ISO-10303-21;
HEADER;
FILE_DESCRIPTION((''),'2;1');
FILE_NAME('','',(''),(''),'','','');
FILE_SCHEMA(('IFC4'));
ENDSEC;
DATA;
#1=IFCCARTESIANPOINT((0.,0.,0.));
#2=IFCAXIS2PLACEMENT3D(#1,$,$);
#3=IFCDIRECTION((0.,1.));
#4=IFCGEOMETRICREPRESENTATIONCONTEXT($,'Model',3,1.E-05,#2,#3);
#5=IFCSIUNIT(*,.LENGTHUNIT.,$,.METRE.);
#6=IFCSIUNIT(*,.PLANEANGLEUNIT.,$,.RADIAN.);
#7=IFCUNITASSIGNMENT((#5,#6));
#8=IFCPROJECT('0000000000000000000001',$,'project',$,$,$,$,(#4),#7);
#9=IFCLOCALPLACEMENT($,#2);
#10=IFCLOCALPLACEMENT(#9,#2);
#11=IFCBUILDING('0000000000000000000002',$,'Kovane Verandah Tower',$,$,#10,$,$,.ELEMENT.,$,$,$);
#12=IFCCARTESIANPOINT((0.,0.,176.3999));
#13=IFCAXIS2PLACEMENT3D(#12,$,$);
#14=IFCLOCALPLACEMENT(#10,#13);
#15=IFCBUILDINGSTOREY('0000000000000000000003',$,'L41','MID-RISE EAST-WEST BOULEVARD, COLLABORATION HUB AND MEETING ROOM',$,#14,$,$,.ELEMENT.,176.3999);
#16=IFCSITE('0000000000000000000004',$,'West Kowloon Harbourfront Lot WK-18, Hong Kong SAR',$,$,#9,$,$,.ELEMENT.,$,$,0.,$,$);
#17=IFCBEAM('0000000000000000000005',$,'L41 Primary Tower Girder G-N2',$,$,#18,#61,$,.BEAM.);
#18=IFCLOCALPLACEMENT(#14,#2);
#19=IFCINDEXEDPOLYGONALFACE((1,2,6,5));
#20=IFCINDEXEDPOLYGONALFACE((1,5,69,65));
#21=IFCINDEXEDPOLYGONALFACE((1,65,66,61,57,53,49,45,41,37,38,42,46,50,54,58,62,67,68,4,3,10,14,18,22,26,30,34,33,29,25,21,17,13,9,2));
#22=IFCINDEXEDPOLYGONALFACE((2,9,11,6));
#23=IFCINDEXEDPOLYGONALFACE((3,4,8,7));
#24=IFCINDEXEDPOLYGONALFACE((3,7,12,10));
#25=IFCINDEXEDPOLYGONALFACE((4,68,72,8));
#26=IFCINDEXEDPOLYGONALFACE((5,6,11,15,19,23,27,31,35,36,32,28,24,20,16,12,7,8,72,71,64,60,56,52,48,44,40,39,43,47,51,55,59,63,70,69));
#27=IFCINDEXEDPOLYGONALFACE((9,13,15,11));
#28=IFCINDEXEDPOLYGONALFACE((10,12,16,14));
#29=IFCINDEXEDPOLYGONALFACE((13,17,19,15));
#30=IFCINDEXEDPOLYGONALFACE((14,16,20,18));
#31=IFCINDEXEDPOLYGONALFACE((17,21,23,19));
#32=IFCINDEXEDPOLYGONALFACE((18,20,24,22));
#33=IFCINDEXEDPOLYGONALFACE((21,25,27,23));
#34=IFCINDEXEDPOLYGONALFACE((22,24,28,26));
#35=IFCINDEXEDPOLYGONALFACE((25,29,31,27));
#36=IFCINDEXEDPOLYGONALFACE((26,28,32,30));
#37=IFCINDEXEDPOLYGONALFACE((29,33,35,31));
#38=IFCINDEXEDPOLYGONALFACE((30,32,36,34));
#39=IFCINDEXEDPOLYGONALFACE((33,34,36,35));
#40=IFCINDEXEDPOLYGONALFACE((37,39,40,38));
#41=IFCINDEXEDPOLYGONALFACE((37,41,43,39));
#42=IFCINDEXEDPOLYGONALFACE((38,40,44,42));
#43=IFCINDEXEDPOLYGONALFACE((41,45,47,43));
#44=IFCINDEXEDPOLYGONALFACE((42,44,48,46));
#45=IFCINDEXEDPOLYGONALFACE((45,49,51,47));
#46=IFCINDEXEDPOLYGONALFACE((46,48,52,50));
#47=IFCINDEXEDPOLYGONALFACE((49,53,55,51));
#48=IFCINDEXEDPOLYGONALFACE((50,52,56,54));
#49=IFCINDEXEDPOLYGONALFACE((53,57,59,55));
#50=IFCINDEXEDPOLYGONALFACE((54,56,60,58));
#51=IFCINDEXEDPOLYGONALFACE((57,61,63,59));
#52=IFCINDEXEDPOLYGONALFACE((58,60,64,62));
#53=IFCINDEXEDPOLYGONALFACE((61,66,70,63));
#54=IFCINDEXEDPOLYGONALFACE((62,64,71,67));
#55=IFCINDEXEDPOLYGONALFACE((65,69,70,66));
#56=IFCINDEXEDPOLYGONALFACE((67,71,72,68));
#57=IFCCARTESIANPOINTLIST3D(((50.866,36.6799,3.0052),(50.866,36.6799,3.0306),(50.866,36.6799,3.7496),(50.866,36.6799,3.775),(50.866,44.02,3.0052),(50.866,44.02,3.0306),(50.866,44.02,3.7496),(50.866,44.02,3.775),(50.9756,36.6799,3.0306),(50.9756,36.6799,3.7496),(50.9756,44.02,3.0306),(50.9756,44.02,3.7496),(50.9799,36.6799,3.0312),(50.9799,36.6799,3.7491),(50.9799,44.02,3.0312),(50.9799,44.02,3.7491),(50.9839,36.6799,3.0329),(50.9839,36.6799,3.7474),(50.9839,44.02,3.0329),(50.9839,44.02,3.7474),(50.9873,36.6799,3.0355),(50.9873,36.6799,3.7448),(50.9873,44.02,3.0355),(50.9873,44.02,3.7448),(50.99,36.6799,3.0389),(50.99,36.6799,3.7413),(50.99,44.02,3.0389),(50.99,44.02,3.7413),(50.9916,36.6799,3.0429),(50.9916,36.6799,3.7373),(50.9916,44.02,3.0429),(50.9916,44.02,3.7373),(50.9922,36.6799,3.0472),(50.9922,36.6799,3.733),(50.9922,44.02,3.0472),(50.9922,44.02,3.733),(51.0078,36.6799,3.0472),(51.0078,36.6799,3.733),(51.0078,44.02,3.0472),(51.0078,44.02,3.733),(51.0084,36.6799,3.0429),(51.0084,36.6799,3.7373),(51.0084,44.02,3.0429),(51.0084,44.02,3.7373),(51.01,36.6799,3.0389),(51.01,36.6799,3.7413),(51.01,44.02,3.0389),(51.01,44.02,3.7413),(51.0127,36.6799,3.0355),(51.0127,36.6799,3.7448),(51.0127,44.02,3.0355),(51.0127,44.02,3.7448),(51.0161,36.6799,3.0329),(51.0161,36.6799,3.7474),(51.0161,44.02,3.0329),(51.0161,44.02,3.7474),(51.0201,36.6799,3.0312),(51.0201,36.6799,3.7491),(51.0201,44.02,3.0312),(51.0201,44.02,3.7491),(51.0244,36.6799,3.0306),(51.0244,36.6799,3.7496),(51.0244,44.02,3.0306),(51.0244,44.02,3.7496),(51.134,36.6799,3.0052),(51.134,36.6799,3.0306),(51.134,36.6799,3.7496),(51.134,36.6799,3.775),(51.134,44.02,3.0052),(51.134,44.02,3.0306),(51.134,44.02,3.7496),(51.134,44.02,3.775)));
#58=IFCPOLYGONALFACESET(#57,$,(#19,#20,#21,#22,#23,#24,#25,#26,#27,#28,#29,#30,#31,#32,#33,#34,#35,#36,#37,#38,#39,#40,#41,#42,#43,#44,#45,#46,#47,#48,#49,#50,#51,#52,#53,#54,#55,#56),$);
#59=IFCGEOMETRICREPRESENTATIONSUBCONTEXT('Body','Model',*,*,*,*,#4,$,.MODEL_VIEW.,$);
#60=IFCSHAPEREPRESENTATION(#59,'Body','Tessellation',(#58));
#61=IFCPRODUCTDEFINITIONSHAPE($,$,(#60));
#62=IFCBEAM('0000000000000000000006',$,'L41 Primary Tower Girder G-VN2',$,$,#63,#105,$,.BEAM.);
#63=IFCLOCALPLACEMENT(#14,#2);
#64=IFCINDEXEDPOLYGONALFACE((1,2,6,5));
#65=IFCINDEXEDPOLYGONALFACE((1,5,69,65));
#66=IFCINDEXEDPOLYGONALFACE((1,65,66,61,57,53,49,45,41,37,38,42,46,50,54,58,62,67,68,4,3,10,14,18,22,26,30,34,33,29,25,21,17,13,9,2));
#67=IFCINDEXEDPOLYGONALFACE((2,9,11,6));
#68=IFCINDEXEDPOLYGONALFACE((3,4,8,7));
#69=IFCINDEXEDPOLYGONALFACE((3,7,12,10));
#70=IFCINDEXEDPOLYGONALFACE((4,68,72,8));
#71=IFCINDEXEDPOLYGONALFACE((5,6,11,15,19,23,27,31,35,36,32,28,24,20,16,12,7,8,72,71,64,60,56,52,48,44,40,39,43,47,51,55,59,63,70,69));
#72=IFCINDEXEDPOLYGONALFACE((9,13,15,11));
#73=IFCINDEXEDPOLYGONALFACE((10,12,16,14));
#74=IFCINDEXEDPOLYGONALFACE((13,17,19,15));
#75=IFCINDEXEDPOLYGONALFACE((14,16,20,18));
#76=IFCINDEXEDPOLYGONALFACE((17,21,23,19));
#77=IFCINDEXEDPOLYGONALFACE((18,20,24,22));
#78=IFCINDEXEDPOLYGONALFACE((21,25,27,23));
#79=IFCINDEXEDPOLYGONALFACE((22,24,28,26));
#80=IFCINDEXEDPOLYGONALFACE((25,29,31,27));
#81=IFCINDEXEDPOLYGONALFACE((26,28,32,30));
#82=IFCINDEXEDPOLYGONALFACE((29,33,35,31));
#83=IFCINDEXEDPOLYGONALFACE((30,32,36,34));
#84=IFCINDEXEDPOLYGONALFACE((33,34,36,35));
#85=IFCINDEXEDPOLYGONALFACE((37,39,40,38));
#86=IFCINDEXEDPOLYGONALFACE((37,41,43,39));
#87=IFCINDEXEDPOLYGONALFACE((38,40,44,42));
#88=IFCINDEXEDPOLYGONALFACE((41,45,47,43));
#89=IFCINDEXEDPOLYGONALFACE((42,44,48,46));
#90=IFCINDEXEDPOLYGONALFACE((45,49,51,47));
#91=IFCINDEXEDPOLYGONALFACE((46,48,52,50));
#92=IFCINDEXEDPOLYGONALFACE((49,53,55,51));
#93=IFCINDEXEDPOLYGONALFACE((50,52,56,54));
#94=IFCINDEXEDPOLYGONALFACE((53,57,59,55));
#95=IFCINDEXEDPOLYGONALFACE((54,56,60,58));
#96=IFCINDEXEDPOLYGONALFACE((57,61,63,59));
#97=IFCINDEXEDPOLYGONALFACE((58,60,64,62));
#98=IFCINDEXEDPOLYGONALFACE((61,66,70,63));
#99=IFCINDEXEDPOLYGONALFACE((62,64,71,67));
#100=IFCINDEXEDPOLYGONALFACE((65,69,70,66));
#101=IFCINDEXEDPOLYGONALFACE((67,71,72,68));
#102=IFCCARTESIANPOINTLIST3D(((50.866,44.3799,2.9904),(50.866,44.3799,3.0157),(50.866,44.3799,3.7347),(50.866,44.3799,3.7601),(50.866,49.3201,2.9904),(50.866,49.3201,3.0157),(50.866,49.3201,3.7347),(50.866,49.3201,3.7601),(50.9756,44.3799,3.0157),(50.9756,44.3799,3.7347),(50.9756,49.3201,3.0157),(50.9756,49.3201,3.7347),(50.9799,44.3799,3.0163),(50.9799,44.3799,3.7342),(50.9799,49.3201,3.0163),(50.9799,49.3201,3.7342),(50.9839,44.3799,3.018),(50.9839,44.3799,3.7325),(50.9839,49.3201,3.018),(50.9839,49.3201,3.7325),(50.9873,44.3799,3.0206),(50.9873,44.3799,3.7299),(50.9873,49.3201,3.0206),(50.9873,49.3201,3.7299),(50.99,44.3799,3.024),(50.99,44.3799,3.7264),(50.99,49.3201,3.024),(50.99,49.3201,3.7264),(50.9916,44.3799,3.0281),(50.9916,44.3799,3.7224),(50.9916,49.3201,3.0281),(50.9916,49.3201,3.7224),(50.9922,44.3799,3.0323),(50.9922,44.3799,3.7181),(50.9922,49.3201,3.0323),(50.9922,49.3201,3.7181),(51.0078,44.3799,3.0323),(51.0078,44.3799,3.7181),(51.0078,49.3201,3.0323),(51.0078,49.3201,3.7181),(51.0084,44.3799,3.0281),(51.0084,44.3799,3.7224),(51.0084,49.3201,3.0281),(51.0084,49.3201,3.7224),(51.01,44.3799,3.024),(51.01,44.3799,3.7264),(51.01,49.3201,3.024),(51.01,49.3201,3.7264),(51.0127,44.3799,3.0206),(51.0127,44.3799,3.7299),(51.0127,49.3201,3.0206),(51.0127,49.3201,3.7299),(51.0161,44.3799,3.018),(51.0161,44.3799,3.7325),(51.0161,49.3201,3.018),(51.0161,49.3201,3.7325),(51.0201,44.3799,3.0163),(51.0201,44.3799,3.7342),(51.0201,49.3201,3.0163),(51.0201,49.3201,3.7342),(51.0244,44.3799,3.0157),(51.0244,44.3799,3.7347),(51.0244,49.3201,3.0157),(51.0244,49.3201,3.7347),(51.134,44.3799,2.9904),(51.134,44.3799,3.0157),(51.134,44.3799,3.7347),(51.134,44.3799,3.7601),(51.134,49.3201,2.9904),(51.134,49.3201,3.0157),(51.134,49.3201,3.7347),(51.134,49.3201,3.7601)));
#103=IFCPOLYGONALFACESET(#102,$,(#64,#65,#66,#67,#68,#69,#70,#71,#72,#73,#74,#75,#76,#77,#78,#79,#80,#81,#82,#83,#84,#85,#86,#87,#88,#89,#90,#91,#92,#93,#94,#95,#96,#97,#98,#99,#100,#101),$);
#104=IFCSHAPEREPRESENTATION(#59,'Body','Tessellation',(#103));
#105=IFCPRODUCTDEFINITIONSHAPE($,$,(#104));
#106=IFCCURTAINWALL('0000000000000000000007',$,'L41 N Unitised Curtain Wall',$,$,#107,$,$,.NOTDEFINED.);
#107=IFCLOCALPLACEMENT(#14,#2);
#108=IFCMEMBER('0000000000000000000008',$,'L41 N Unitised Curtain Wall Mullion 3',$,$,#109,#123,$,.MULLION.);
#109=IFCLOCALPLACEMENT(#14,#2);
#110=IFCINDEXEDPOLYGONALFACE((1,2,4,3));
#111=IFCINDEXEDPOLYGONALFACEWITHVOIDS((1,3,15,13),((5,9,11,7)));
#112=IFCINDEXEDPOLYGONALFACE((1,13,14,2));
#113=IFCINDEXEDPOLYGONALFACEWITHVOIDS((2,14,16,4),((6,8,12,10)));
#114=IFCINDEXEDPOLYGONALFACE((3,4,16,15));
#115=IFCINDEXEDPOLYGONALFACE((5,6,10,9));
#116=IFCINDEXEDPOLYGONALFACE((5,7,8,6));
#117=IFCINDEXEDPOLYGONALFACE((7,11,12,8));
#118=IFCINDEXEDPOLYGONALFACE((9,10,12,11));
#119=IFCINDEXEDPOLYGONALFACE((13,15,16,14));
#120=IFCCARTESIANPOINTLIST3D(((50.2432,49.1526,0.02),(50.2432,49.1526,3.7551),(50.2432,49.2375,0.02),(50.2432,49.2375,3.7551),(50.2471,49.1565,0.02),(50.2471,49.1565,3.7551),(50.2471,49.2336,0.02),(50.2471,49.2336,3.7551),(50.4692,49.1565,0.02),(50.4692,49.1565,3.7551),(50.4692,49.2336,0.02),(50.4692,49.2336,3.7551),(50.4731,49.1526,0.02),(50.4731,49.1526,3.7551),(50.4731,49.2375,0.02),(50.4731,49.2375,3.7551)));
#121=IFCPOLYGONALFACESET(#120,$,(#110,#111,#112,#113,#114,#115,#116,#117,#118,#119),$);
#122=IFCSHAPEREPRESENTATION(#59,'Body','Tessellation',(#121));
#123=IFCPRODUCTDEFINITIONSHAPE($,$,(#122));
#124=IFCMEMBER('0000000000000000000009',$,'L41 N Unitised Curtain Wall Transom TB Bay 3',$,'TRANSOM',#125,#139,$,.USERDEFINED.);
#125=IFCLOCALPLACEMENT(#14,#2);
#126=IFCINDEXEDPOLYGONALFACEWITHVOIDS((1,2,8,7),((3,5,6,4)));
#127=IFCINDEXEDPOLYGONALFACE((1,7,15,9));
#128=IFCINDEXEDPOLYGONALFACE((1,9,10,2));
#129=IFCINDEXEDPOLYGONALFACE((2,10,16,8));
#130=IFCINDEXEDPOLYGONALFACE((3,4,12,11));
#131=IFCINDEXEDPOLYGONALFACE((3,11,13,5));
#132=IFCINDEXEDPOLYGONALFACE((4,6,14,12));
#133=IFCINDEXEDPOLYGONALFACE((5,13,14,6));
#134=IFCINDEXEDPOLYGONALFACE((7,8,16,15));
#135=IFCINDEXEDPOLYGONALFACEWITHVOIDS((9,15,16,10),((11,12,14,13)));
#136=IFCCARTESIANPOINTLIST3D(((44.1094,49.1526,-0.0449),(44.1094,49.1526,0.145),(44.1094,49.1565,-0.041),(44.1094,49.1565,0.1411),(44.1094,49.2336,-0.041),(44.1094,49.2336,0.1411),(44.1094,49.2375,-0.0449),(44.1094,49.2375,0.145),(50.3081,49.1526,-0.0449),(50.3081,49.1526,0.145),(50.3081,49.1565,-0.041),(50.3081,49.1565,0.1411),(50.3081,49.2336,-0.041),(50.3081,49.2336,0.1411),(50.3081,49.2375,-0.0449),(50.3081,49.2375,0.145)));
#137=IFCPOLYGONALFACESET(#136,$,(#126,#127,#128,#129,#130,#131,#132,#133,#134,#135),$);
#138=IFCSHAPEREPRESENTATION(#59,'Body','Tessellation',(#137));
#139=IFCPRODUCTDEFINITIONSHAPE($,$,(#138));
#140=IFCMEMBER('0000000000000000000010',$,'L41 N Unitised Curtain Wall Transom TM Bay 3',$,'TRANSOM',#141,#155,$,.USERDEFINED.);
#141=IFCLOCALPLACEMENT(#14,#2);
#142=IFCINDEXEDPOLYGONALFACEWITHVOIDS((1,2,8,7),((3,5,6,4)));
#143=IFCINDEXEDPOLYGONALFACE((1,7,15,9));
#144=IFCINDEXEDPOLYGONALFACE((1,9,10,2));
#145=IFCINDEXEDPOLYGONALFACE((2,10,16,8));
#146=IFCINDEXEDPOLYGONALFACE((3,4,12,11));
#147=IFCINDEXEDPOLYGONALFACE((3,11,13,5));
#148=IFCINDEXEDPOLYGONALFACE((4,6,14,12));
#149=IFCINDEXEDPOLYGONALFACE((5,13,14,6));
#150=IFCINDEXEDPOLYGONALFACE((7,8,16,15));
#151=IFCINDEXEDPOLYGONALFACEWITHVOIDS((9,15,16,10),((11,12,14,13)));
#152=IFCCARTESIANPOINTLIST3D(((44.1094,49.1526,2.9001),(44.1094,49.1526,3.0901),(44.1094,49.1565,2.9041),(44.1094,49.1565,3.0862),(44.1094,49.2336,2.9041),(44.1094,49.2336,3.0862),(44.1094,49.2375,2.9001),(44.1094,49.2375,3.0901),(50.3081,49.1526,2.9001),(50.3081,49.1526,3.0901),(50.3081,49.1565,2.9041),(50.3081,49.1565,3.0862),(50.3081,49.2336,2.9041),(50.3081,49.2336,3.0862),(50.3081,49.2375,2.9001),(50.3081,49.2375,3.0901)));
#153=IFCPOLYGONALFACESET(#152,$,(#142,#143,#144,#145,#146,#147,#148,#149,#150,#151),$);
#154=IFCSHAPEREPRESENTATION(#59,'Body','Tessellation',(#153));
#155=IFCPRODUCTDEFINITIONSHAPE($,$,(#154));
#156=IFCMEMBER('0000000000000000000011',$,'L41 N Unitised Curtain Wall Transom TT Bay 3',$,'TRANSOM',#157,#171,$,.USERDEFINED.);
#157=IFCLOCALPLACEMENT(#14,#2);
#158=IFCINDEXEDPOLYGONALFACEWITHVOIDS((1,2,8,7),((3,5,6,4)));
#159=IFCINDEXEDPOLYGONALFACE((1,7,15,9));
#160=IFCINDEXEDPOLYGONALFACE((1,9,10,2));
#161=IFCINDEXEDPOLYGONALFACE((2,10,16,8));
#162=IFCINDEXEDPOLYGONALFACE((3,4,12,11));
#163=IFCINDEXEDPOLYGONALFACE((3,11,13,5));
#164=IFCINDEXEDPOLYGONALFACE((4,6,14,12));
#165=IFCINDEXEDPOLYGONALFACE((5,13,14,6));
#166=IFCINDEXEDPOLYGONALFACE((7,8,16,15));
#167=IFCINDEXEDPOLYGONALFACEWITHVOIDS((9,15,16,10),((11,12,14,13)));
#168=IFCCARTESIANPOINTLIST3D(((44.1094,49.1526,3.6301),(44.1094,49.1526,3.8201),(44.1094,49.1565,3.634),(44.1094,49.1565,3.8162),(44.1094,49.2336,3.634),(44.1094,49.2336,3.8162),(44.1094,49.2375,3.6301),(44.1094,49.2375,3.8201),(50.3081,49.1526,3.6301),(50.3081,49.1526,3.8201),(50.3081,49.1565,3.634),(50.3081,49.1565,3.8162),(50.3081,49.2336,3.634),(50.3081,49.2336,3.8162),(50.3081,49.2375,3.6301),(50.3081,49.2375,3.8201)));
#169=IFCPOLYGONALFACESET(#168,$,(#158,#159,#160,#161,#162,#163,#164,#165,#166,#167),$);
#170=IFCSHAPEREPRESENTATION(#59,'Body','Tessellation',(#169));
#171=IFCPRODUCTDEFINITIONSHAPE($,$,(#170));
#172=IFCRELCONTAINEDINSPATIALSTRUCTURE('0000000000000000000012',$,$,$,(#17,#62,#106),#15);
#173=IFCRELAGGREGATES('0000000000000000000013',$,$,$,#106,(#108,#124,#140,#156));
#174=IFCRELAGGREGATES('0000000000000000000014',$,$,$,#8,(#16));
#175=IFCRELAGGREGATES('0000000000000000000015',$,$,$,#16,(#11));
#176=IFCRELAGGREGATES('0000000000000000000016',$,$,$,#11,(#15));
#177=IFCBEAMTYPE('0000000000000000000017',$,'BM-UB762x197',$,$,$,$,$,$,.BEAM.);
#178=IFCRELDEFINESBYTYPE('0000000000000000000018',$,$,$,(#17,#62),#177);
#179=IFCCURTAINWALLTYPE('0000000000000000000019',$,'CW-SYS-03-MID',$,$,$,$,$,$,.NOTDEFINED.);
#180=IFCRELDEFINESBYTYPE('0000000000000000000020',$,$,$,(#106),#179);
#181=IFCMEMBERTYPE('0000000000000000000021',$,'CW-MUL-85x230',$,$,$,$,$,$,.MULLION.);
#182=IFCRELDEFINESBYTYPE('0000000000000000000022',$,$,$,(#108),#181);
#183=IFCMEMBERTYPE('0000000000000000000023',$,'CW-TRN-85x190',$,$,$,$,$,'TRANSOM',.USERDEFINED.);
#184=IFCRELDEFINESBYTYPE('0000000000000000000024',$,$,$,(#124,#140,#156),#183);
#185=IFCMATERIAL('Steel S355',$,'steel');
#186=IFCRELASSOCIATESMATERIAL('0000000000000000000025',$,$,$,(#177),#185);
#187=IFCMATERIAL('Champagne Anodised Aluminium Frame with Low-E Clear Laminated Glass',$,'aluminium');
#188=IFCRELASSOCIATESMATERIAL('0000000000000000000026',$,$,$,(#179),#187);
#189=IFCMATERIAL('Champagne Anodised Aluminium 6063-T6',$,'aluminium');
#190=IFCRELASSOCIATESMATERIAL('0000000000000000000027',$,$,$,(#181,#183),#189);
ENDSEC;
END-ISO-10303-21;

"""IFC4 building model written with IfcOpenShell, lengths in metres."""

from ifc_helpers import new_model, si_unit, direction, frame, origin, origin_2d, place, context, subcontext, project, spatial, hollow_rectangle, i_section, extrude, material, material_profile, profile_set, type_object, element, aggregate, save


model = new_model("IFC4")

# Units and contexts
model_context = context("Model", 3, precision=1e-05, world=origin(), true_north=direction((0.0, 1.0)))
body_context = subcontext(model_context, "Body", "Model", "MODEL_VIEW")
ifc_project = project(units=[si_unit("LENGTHUNIT", "METRE"), si_unit("PLANEANGLEUNIT", "RADIAN")], contexts=[model_context])

# Site, building, storey
site_placement = place(None, origin())
site = spatial("IfcSite", under=ifc_project, at=site_placement, Name="West Kowloon Harbourfront Lot WK-18, Hong Kong SAR", CompositionType="ELEMENT", RefElevation=0.0)
building_placement = place(site_placement, origin())
building = spatial("IfcBuilding", under=site, at=building_placement, Name="Kovane Verandah Tower", CompositionType="ELEMENT")
storey_placement = place(building_placement, frame((0.0, 0.0, 176.3999)))
storey = spatial("IfcBuildingStorey", under=building, at=storey_placement, Name="L41", Description="MID-RISE EAST-WEST BOULEVARD, COLLABORATION HUB AND MEETING ROOM", CompositionType="ELEMENT", Elevation=176.3999)

# Beams
ifc_material_1 = material(Name="Steel S355", Category="steel")
ifc_material_profile_1 = material_profile(ifc_material_1, i_section(OverallWidth=0.2681, OverallDepth=0.7698, WebThickness=0.0156, FlangeThickness=0.0254, FilletRadius=0.0166, at=origin_2d()), Name="UB762x267x197")
ifc_profile_set_1 = profile_set([ifc_material_profile_1], Name="Steel S355")
beam_type_1 = type_object("IfcBeamType", Name="BM-UB762x197", PredefinedType="BEAM", material=ifc_profile_set_1)
beam_1_placement = place(storey_placement, frame((51.0, 36.6799, 3.3901), z_axis=(0.0, 1.0, 0.0), x_axis=(-1.0, 0.0, 0.0)))
element("IfcBeam", 1, at=beam_1_placement, inside=storey, type_object=beam_type_1, Name="L41 Primary Tower Girder G-N2", PredefinedType="BEAM", context=body_context, shape_type="SweptSolid", body=[
    extrude(i_section(OverallWidth=0.2681, OverallDepth=0.7698, WebThickness=0.0156, FlangeThickness=0.0254, FilletRadius=0.0166, at=origin_2d()), origin(), (0.0, 0.0, 1.0), 7.3401),
])
beam_2_placement = place(storey_placement, frame((51.0, 44.3799, 3.3752), z_axis=(0.0, 1.0, 0.0), x_axis=(-1.0, 0.0, 0.0)))
element("IfcBeam", 2, at=beam_2_placement, inside=storey, type_object=beam_type_1, Name="L41 Primary Tower Girder G-VN2", PredefinedType="BEAM", context=body_context, shape_type="SweptSolid", body=[
    extrude(i_section(OverallWidth=0.2681, OverallDepth=0.7698, WebThickness=0.0156, FlangeThickness=0.0254, FilletRadius=0.0166, at=origin_2d()), origin(), (0.0, 0.0, 1.0), 4.9402),
])

# Curtain wall, members
ifc_material_2 = material(Name="Champagne Anodised Aluminium Frame with Low-E Clear Laminated Glass", Category="aluminium")
curtain_wall_type = type_object("IfcCurtainWallType", Name="CW-SYS-03-MID", PredefinedType="NOTDEFINED", material=ifc_material_2)
curtain_wall_placement = place(storey_placement, origin())
curtain_wall = element("IfcCurtainWall", 3, at=curtain_wall_placement, inside=storey, type_object=curtain_wall_type, Name="L41 N Unitised Curtain Wall", PredefinedType="NOTDEFINED")
ifc_material_3 = material(Name="Champagne Anodised Aluminium 6063-T6", Category="aluminium")
ifc_material_profile_2 = material_profile(ifc_material_3, hollow_rectangle(XDim=0.085, YDim=0.23, WallThickness=0.0039, at=origin_2d()), Name="AL85x230x4")
ifc_profile_set_2 = profile_set([ifc_material_profile_2], Name="Champagne Anodised Aluminium 6063-T6")
member_type_1 = type_object("IfcMemberType", Name="CW-MUL-85x230", PredefinedType="MULLION", material=ifc_profile_set_2)
member_1_placement = place(storey_placement, frame((50.3582, 49.1951, 0.02), z_axis=(0.0, 0.0, 1.0), x_axis=(0.0, 1.0, 0.0)))
member_1 = element("IfcMember", 4, at=member_1_placement, type_object=member_type_1, Name="L41 N Unitised Curtain Wall Mullion 3", PredefinedType="MULLION", context=body_context, shape_type="SweptSolid", body=[
    extrude(hollow_rectangle(XDim=0.085, YDim=0.23, WallThickness=0.0039, at=origin_2d()), origin(), (0.0, 0.0, 1.0), 3.7351),
])
ifc_material_profile_3 = material_profile(ifc_material_3, hollow_rectangle(XDim=0.085, YDim=0.1899, WallThickness=0.0039, at=origin_2d()), Name="AL85x190x4")
ifc_profile_set_3 = profile_set([ifc_material_profile_3], Name="Champagne Anodised Aluminium 6063-T6")
member_type_2 = type_object("IfcMemberType", Name="CW-TRN-85x190", ElementType="TRANSOM", PredefinedType="USERDEFINED", material=ifc_profile_set_3)
member_2_placement = place(storey_placement, frame((50.3081, 49.1951, 0.05), z_axis=(-1.0, 0.0, 0.0), x_axis=(0.0, -1.0, 0.0)))
member_2 = element("IfcMember", 5, at=member_2_placement, type_object=member_type_2, Name="L41 N Unitised Curtain Wall Transom TB Bay 3", ObjectType="TRANSOM", PredefinedType="USERDEFINED", context=body_context, shape_type="SweptSolid", body=[
    extrude(hollow_rectangle(XDim=0.085, YDim=0.1899, WallThickness=0.0039, at=origin_2d()), origin(), (0.0, 0.0, 1.0), 6.1987),
])
member_3_placement = place(storey_placement, frame((50.3081, 49.1951, 2.9951), z_axis=(-1.0, 0.0, 0.0), x_axis=(0.0, -1.0, 0.0)))
member_3 = element("IfcMember", 6, at=member_3_placement, type_object=member_type_2, Name="L41 N Unitised Curtain Wall Transom TM Bay 3", ObjectType="TRANSOM", PredefinedType="USERDEFINED", context=body_context, shape_type="SweptSolid", body=[
    extrude(hollow_rectangle(XDim=0.085, YDim=0.1899, WallThickness=0.0039, at=origin_2d()), origin(), (0.0, 0.0, 1.0), 6.1987),
])
member_4_placement = place(storey_placement, frame((50.3081, 49.1951, 3.7251), z_axis=(-1.0, 0.0, 0.0), x_axis=(0.0, -1.0, 0.0)))
member_4 = element("IfcMember", 7, at=member_4_placement, type_object=member_type_2, Name="L41 N Unitised Curtain Wall Transom TT Bay 3", ObjectType="TRANSOM", PredefinedType="USERDEFINED", context=body_context, shape_type="SweptSolid", body=[
    extrude(hollow_rectangle(XDim=0.085, YDim=0.1899, WallThickness=0.0039, at=origin_2d()), origin(), (0.0, 0.0, 1.0), 6.1987),
])

aggregate(curtain_wall, [member_1, member_2, member_3, member_4])

save(model, "model.ifc")
